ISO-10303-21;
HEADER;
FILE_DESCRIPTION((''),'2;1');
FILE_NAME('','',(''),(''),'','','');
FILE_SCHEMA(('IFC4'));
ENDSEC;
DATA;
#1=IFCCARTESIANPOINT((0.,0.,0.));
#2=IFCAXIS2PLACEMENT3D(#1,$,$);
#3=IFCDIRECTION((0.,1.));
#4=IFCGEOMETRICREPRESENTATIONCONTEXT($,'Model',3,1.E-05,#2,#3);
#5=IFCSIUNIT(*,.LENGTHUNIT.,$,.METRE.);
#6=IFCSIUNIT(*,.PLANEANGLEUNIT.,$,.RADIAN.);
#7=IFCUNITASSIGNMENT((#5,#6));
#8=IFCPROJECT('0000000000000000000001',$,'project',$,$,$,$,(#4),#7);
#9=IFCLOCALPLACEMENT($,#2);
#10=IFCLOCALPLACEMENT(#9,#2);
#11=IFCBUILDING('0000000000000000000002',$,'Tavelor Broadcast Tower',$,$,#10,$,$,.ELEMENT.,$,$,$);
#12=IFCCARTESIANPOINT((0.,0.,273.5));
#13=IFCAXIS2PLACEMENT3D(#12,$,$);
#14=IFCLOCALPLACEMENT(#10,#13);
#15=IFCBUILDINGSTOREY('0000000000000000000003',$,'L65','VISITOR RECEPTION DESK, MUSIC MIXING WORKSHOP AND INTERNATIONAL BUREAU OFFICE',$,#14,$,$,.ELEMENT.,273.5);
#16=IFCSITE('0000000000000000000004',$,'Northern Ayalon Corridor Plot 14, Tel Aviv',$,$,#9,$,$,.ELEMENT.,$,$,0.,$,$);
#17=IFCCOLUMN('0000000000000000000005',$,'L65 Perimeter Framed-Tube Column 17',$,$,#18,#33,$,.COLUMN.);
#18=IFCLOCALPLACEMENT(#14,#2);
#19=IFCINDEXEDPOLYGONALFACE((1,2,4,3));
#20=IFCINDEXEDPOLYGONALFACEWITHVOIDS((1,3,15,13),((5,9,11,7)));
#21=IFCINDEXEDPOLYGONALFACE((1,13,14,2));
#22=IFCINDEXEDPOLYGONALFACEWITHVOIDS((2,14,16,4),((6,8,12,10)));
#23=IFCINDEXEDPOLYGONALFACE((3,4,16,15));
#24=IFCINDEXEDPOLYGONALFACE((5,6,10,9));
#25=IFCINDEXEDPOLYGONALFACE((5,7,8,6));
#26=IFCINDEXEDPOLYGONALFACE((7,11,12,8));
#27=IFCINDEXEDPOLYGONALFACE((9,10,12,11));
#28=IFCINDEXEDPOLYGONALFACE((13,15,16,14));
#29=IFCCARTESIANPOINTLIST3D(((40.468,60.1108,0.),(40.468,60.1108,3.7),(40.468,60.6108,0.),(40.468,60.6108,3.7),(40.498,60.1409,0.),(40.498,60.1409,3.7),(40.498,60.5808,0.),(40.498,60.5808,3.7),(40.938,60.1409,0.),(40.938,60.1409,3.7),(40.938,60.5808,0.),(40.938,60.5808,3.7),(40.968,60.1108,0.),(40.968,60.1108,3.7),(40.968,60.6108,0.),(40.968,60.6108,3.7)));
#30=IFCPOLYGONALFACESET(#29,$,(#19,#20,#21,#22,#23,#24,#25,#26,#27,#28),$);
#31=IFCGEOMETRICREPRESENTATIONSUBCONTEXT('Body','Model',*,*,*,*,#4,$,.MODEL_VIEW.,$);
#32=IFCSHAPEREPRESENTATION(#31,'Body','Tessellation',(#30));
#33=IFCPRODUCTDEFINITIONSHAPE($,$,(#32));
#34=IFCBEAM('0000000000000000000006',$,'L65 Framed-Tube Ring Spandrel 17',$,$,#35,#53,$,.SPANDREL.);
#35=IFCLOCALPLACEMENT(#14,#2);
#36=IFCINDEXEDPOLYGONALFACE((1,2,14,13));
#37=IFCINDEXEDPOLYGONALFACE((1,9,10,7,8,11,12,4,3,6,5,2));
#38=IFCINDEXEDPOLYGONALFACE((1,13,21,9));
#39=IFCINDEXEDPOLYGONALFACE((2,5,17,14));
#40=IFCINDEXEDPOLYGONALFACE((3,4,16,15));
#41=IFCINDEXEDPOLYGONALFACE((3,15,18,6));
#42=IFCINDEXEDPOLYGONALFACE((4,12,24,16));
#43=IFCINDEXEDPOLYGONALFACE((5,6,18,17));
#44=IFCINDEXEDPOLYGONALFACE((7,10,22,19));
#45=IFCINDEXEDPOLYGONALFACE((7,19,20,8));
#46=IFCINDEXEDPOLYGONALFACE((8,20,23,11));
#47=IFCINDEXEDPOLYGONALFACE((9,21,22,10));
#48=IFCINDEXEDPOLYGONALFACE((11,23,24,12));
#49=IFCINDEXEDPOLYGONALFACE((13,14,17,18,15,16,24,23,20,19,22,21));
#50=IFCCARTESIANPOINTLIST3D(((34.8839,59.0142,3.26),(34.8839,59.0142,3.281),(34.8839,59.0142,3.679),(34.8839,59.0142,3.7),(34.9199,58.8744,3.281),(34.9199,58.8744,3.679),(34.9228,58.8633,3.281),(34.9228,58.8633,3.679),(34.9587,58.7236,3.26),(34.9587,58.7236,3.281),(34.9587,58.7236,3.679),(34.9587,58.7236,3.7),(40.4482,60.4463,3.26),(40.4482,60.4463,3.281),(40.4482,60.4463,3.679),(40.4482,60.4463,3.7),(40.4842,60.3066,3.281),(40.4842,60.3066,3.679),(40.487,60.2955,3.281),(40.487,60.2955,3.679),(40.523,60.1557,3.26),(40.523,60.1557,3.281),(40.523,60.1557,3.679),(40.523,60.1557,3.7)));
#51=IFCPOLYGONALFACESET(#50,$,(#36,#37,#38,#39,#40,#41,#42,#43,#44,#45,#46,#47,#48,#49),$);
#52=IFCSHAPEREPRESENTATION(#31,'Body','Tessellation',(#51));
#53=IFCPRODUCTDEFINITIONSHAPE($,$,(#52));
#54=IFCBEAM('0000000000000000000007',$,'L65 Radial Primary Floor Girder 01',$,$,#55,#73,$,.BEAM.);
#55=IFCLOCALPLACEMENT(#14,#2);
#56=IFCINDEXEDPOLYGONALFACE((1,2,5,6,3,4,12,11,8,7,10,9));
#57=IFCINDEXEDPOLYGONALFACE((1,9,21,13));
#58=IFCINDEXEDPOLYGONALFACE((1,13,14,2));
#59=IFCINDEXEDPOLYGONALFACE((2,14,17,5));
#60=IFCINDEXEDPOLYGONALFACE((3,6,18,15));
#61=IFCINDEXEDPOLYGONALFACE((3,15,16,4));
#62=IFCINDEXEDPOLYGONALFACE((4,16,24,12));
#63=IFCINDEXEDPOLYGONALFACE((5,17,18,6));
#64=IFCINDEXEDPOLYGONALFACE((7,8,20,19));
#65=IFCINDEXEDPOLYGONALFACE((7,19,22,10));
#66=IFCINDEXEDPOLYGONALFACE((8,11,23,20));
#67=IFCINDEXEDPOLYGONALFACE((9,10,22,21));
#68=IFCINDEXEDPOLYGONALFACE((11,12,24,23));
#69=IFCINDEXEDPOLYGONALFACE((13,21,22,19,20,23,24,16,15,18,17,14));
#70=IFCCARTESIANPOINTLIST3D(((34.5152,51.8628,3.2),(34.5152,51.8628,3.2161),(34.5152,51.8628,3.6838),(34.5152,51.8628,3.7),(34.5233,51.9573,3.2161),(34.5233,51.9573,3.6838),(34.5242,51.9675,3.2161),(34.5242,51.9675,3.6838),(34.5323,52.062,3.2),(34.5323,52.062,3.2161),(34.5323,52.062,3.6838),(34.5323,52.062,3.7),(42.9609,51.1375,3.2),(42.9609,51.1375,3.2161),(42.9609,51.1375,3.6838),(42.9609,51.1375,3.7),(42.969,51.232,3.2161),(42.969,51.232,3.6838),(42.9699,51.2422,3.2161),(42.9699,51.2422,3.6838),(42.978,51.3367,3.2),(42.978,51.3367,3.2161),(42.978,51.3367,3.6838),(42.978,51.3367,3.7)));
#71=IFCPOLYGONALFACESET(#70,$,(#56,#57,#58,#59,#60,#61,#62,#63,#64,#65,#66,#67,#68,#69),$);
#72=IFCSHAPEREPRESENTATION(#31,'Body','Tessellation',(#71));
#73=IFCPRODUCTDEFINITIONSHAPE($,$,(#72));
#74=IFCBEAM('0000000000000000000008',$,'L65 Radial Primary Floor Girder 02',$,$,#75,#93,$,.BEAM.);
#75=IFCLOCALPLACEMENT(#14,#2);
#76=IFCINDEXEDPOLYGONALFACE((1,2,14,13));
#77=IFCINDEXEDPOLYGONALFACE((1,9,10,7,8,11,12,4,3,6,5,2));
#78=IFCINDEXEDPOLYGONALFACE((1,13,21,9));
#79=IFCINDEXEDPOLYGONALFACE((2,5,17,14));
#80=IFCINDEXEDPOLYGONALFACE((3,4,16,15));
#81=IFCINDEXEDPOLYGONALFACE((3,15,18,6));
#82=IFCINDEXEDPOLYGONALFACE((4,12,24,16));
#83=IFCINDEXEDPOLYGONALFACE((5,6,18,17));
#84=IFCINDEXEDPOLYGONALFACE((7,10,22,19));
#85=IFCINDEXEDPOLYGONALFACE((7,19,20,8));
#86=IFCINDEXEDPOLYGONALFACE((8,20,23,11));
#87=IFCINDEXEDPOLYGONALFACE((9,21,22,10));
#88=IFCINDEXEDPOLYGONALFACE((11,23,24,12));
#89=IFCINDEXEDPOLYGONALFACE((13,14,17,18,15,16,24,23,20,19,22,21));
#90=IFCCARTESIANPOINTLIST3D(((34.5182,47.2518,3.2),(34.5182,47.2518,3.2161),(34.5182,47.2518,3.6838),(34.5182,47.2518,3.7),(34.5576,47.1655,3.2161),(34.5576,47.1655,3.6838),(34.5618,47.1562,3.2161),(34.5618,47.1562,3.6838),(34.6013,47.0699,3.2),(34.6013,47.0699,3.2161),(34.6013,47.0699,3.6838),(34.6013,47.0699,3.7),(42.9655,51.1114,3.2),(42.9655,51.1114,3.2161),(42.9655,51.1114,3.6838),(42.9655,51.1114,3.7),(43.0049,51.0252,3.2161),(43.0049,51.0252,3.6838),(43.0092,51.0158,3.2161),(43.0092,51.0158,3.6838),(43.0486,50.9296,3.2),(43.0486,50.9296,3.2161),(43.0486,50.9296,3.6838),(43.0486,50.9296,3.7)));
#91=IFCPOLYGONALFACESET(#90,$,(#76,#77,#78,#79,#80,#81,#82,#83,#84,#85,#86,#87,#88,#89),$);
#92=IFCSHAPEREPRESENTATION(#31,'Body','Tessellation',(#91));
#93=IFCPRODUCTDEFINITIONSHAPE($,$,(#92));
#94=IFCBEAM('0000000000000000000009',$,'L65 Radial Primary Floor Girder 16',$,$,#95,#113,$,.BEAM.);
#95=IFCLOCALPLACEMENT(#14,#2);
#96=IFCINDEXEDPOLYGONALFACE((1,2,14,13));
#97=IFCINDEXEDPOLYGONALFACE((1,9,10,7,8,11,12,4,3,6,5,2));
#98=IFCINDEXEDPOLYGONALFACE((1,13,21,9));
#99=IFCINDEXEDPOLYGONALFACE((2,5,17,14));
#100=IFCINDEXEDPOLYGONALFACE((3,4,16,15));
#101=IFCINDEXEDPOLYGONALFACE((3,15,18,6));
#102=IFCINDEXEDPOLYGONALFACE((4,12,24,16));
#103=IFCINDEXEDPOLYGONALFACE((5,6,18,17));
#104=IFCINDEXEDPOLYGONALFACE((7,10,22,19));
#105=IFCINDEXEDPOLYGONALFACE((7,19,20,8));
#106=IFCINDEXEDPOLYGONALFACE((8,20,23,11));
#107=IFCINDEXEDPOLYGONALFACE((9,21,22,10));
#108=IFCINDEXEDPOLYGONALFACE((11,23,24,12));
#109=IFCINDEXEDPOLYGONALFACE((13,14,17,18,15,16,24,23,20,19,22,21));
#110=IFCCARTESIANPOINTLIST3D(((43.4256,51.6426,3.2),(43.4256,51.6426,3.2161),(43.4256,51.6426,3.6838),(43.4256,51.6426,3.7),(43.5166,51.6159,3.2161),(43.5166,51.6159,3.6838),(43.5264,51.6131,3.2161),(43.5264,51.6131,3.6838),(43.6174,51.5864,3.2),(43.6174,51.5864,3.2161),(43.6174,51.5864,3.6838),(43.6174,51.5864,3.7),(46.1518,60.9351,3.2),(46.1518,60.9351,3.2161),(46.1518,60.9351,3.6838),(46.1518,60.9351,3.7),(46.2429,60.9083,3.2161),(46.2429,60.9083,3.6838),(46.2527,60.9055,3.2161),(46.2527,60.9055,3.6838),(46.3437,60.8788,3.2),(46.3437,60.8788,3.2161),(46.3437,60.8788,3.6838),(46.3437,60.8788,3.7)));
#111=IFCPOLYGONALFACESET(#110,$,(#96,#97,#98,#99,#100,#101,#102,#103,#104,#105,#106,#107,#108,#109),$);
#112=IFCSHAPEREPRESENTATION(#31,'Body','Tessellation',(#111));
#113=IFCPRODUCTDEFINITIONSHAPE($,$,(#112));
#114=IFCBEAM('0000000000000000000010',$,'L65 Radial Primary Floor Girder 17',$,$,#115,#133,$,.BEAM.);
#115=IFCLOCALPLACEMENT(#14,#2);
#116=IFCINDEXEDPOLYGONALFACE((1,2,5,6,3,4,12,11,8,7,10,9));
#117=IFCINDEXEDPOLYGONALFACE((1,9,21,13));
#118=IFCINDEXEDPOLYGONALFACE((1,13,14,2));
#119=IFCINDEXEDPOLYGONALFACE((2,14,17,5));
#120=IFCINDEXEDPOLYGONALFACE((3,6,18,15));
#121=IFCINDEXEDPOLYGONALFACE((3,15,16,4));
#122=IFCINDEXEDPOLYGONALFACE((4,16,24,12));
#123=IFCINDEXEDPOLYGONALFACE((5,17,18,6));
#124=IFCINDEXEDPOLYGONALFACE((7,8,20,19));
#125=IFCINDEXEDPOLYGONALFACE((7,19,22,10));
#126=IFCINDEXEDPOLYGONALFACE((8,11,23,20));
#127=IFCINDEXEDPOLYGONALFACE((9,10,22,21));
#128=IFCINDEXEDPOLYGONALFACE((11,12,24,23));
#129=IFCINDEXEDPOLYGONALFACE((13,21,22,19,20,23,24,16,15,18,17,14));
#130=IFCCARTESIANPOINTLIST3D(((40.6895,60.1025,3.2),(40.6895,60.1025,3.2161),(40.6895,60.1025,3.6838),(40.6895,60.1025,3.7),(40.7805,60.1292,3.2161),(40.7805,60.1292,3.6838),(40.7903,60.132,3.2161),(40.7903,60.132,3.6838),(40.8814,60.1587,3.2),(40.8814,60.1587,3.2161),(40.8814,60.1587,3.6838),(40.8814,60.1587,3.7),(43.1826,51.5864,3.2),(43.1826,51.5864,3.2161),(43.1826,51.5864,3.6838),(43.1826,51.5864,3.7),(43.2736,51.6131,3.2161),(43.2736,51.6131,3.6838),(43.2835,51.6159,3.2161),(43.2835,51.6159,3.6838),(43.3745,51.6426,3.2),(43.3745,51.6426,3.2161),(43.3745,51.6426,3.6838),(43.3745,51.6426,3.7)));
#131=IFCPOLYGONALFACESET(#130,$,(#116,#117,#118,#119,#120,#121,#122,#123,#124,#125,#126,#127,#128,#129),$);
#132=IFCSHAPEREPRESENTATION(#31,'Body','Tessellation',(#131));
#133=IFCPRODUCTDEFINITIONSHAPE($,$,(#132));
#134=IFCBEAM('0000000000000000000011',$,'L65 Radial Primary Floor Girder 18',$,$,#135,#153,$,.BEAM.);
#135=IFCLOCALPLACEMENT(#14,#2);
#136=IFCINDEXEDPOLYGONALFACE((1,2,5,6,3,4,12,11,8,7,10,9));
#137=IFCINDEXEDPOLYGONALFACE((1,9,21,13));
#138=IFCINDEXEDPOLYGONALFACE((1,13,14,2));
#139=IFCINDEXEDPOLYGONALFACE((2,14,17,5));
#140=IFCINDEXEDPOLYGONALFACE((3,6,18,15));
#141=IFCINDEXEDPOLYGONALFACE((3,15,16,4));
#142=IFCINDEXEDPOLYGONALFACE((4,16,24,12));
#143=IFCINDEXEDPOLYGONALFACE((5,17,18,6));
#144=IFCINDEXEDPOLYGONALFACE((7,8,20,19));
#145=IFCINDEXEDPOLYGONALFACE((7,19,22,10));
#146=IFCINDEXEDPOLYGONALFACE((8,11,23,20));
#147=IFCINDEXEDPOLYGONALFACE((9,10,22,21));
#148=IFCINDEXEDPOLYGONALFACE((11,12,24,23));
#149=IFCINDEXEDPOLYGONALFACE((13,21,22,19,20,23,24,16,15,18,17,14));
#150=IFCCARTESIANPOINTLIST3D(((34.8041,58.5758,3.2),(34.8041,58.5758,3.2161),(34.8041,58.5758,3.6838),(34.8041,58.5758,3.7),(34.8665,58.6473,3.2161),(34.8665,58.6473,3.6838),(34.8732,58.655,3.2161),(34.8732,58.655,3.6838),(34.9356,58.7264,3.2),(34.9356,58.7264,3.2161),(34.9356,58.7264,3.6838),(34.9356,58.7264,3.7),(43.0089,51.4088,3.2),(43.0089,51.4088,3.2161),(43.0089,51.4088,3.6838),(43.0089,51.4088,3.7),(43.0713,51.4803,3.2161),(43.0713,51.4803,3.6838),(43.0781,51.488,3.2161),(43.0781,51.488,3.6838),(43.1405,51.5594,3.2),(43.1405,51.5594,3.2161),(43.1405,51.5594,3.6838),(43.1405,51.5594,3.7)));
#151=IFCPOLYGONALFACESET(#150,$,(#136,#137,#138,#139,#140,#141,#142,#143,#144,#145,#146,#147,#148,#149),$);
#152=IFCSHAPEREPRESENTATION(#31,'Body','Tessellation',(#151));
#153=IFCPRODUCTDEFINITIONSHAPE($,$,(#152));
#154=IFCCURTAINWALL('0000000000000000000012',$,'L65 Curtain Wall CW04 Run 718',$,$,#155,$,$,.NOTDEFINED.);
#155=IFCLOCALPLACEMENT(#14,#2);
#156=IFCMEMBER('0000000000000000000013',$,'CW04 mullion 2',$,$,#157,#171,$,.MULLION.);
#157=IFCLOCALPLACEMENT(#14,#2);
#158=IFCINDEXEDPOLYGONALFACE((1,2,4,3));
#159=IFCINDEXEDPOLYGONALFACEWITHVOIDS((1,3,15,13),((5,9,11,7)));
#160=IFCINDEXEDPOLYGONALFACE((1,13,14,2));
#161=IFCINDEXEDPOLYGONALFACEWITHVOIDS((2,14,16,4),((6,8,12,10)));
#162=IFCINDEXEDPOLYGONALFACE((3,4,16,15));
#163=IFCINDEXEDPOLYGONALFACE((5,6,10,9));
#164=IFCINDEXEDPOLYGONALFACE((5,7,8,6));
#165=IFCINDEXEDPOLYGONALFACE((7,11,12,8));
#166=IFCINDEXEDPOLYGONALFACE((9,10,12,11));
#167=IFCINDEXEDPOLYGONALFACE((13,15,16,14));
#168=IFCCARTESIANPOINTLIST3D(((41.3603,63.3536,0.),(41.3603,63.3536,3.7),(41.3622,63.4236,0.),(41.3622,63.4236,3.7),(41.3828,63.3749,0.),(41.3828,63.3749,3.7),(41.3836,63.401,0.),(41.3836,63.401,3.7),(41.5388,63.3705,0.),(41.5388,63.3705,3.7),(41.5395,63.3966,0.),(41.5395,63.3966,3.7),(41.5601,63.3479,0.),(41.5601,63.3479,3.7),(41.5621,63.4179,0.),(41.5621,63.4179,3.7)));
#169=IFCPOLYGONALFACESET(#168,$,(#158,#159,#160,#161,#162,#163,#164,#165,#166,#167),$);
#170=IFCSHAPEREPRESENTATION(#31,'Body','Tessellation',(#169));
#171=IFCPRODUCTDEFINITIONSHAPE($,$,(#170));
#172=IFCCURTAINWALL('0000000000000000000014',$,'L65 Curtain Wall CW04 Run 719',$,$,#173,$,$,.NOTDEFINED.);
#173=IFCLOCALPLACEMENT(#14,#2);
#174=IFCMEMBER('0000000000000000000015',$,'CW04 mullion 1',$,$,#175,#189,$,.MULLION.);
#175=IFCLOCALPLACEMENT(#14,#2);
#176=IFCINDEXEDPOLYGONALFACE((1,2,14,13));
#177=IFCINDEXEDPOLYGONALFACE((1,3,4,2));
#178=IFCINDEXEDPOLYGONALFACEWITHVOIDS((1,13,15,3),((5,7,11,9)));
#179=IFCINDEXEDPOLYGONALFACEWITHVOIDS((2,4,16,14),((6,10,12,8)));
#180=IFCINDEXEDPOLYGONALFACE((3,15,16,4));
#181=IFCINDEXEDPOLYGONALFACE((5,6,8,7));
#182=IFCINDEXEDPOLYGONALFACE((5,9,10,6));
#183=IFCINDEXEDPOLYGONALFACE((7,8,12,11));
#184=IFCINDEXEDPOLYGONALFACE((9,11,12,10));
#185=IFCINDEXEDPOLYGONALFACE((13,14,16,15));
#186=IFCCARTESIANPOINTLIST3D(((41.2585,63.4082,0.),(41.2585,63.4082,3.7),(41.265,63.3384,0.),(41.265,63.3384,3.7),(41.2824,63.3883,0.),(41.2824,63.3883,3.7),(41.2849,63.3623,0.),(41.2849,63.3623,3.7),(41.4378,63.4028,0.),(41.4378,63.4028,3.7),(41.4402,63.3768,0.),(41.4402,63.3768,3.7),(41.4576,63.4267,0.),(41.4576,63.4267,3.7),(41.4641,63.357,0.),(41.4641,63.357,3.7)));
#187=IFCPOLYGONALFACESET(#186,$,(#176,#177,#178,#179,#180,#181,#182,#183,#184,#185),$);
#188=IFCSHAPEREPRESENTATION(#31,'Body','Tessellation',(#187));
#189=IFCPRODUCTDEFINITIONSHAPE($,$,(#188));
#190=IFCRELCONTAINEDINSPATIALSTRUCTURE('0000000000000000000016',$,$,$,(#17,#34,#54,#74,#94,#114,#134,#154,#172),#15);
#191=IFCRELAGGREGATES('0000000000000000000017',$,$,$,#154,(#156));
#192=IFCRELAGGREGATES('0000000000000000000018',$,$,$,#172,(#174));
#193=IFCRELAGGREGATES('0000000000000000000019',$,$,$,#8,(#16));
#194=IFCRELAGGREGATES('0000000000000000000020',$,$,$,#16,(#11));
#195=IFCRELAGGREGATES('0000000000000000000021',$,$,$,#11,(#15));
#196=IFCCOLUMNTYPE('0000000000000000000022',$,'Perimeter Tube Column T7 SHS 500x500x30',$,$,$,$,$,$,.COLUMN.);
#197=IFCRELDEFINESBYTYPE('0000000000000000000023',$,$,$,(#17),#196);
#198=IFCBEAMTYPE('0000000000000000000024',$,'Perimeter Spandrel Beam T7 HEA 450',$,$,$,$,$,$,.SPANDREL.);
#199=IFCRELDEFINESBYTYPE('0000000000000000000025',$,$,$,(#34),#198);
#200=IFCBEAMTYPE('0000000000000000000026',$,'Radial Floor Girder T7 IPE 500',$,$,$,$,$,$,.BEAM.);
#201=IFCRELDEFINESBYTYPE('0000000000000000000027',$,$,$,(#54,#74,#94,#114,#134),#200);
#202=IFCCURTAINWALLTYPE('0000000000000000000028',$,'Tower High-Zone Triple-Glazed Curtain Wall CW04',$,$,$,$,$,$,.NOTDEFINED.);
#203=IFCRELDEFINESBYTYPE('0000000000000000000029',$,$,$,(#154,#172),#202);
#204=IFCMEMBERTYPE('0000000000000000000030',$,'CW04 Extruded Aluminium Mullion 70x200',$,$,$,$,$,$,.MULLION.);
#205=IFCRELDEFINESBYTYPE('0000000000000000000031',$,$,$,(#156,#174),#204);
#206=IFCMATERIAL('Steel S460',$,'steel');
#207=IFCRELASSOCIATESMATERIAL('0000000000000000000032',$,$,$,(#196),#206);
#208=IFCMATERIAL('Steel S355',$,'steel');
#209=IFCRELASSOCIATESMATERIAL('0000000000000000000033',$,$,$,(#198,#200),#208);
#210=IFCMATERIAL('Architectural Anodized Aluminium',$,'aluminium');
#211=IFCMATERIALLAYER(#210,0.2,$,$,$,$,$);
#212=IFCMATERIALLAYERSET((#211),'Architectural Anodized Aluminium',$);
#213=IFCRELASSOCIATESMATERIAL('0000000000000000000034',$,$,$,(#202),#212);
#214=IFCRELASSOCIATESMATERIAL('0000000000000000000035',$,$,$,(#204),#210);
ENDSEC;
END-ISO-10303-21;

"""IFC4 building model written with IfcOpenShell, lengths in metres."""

from ifc_helpers import new_model, si_unit, direction, frame, origin, origin_2d, place, context, subcontext, project, spatial, hollow_rectangle, i_section, extrude, source, transform, mapped, material, layer, layer_set, material_profile, profile_set, type_object, type_shapes, element, aggregate, save


model = new_model("IFC4")

# Units and contexts
model_context = context("Model", 3, precision=1e-05, world=origin(), true_north=direction((0.0, 1.0)))
body_context = subcontext(model_context, "Body", "Model", "MODEL_VIEW")
ifc_project = project(units=[si_unit("LENGTHUNIT", "METRE"), si_unit("PLANEANGLEUNIT", "RADIAN")], contexts=[model_context])

# Site, building, storey
site_placement = place(None, origin())
site = spatial("IfcSite", under=ifc_project, at=site_placement, Name="Northern Ayalon Corridor Plot 14, Tel Aviv", CompositionType="ELEMENT", RefElevation=0.0)
building_placement = place(site_placement, origin())
building = spatial("IfcBuilding", under=site, at=building_placement, Name="Tavelor Broadcast Tower", CompositionType="ELEMENT")
storey_placement = place(building_placement, frame((0.0, 0.0, 273.5)))
storey = spatial("IfcBuildingStorey", under=building, at=storey_placement, Name="L65", Description="VISITOR RECEPTION DESK, MUSIC MIXING WORKSHOP AND INTERNATIONAL BUREAU OFFICE", CompositionType="ELEMENT", Elevation=273.5)

# Column
ifc_material_1 = material(Name="Steel S460", Category="steel")
ifc_material_profile_1 = material_profile(ifc_material_1, hollow_rectangle(XDim=0.5, YDim=0.5, WallThickness=0.03, at=origin_2d()), Name="SHS 500x500x30")
ifc_profile_set_1 = profile_set([ifc_material_profile_1], Name="Steel S460")
column_type = type_object("IfcColumnType", Name="Perimeter Tube Column T7 SHS 500x500x30", PredefinedType="COLUMN", material=ifc_profile_set_1)
column_placement = place(storey_placement, frame((40.718, 60.3608, 0.0), z_axis=(0.0, 0.0, 1.0), x_axis=(1.0, 0.0, 0.0)))
element("IfcColumn", 1, at=column_placement, inside=storey, type_object=column_type, Name="L65 Perimeter Framed-Tube Column 17", PredefinedType="COLUMN", context=body_context, shape_type="SweptSolid", body=[
    extrude(hollow_rectangle(XDim=0.5, YDim=0.5, WallThickness=0.03, at=origin_2d()), origin(), (0.0, 0.0, 1.0), 3.7),
])

# Beams
ifc_material_2 = material(Name="Steel S355", Category="steel")
ifc_material_profile_2 = material_profile(ifc_material_2, i_section(OverallWidth=0.3, OverallDepth=0.4399, WebThickness=0.0115, FlangeThickness=0.021, at=origin_2d()), Name="HEA 450")
ifc_profile_set_2 = profile_set([ifc_material_profile_2], Name="Steel S355")
beam_type_1 = type_object("IfcBeamType", Name="Perimeter Spandrel Beam T7 HEA 450", PredefinedType="SPANDREL", material=ifc_profile_set_2)
beam_1_placement = place(storey_placement, frame((40.4856, 60.301, 3.48), z_axis=(-0.968437, -0.249259, 0.0), x_axis=(0.249259, -0.968437, 0.0)))
element("IfcBeam", 2, at=beam_1_placement, inside=storey, type_object=beam_type_1, Name="L65 Framed-Tube Ring Spandrel 17", PredefinedType="SPANDREL", context=body_context, shape_type="SweptSolid", body=[
    extrude(i_section(OverallWidth=0.3, OverallDepth=0.4399, WebThickness=0.0115, FlangeThickness=0.021, at=origin_2d()), origin(), (0.0, 0.0, 1.0), 5.7456),
])
ifc_material_profile_3 = material_profile(ifc_material_2, i_section(OverallWidth=0.2, OverallDepth=0.5, WebThickness=0.0103, FlangeThickness=0.0161, at=origin_2d()), Name="IPE 500")
ifc_profile_set_3 = profile_set([ifc_material_profile_3], Name="Steel S355")
beam_type_2 = type_object("IfcBeamType", Name="Radial Floor Girder T7 IPE 500", PredefinedType="BEAM", material=ifc_profile_set_3)
beam_2_placement = place(storey_placement, frame((42.9695, 51.2371, 3.45), z_axis=(-0.996332, 0.085567, 0.0), x_axis=(-0.085567, -0.996332, 0.0)))
element("IfcBeam", 3, at=beam_2_placement, inside=storey, type_object=beam_type_2, Name="L65 Radial Primary Floor Girder 01", PredefinedType="BEAM", context=body_context, shape_type="SweptSolid", body=[
    extrude(i_section(OverallWidth=0.2, OverallDepth=0.5, WebThickness=0.0103, FlangeThickness=0.0161, at=origin_2d()), origin(), (0.0, 0.0, 1.0), 8.4768),
])
beam_3_placement = place(storey_placement, frame((43.0071, 51.0205, 3.45), z_axis=(-0.909555, -0.415583, 0.0), x_axis=(0.415583, -0.909555, 0.0)))
element("IfcBeam", 4, at=beam_3_placement, inside=storey, type_object=beam_type_2, Name="L65 Radial Primary Floor Girder 02", PredefinedType="BEAM", context=body_context, shape_type="SweptSolid", body=[
    extrude(i_section(OverallWidth=0.2, OverallDepth=0.5, WebThickness=0.0103, FlangeThickness=0.0161, at=origin_2d()), origin(), (0.0, 0.0, 1.0), 9.2874),
])
beam_4_placement = place(storey_placement, frame((43.5215, 51.6145, 3.45), z_axis=(0.281523, 0.959554, 0.0), x_axis=(-0.959554, 0.281523, 0.0)))
element("IfcBeam", 5, at=beam_4_placement, inside=storey, type_object=beam_type_2, Name="L65 Radial Primary Floor Girder 16", PredefinedType="BEAM", context=body_context, shape_type="SweptSolid", body=[
    extrude(i_section(OverallWidth=0.2, OverallDepth=0.5, WebThickness=0.0103, FlangeThickness=0.0161, at=origin_2d()), origin(), (0.0, 0.0, 1.0), 9.6841),
])
beam_5_placement = place(storey_placement, frame((43.2786, 51.6145, 3.45), z_axis=(-0.280966, 0.959718, 0.0), x_axis=(-0.959718, -0.280966, 0.0)))
element("IfcBeam", 6, at=beam_5_placement, inside=storey, type_object=beam_type_2, Name="L65 Radial Primary Floor Girder 17", PredefinedType="BEAM", context=body_context, shape_type="SweptSolid", body=[
    extrude(i_section(OverallWidth=0.2, OverallDepth=0.5, WebThickness=0.0103, FlangeThickness=0.0161, at=origin_2d()), origin(), (0.0, 0.0, 1.0), 8.8735),
])
beam_6_placement = place(storey_placement, frame((43.0747, 51.4841, 3.45), z_axis=(-0.753133, 0.657868, 0.0), x_axis=(-0.657868, -0.753133, 0.0)))
element("IfcBeam", 7, at=beam_6_placement, inside=storey, type_object=beam_type_2, Name="L65 Radial Primary Floor Girder 18", PredefinedType="BEAM", context=body_context, shape_type="SweptSolid", body=[
    extrude(i_section(OverallWidth=0.2, OverallDepth=0.5, WebThickness=0.0103, FlangeThickness=0.0161, at=origin_2d()), origin(), (0.0, 0.0, 1.0), 10.8943),
])

# Curtain wall, member
ifc_material_3 = material(Name="Architectural Anodized Aluminium", Category="aluminium")
ifc_layer_1 = layer(ifc_material_3, 0.2)
ifc_layer_set_1 = layer_set([ifc_layer_1], Name="Architectural Anodized Aluminium")
curtain_wall_type = type_object("IfcCurtainWallType", Name="Tower High-Zone Triple-Glazed Curtain Wall CW04", PredefinedType="NOTDEFINED", material=ifc_layer_set_1)
curtain_wall_1_placement = place(storey_placement, origin())
curtain_wall_1 = element("IfcCurtainWall", 8, at=curtain_wall_1_placement, inside=storey, type_object=curtain_wall_type, Name="L65 Curtain Wall CW04 Run 718", PredefinedType="NOTDEFINED")
ifc_material_profile_4 = material_profile(ifc_material_3, hollow_rectangle(XDim=0.0701, YDim=0.2, WallThickness=0.022, at=origin_2d()), Name="RHS 70x200x22")
ifc_profile_set_4 = profile_set([ifc_material_profile_4], Name="Architectural Anodized Aluminium")
member_type_1 = type_object("IfcMemberType", Name="CW04 Extruded Aluminium Mullion 70x200", PredefinedType="MULLION", material=ifc_profile_set_4)
shared_shape_1 = source(origin(), body_context, "Body", "SweptSolid", [
    extrude(hollow_rectangle(XDim=0.0701, YDim=0.2, WallThickness=0.022, at=origin_2d()), origin(), (0.0, 0.0, 1.0), 3.7),
])
type_shapes(member_type_1, [shared_shape_1])
member_1_placement = place(storey_placement, frame((41.4612, 63.3857, 0.0), z_axis=(0.0, 0.0, 1.0), x_axis=(-0.028349, -0.999598, 0.0)))
member_1 = element("IfcMember", 9, at=member_1_placement, type_object=member_type_1, Name="CW04 mullion 2", PredefinedType="MULLION", context=body_context, shape_type="MappedRepresentation", body=[
    mapped(shared_shape_1, transform((0.0, 0.0, 0.0), scale=1.0)),
])
aggregate(curtain_wall_1, [member_1])

# Curtain wall, member
curtain_wall_2_placement = place(storey_placement, origin())
curtain_wall_2 = element("IfcCurtainWall", 10, at=curtain_wall_2_placement, inside=storey, type_object=curtain_wall_type, Name="L65 Curtain Wall CW04 Run 719", PredefinedType="NOTDEFINED")
member_2_placement = place(storey_placement, frame((41.3613, 63.3826, 0.0), z_axis=(0.0, 0.0, 1.0), x_axis=(0.092804, -0.995684, 0.0)))
member_2 = element("IfcMember", 11, at=member_2_placement, type_object=member_type_1, Name="CW04 mullion 1", PredefinedType="MULLION", context=body_context, shape_type="MappedRepresentation", body=[
    mapped(shared_shape_1, transform((0.0, 0.0, 0.0), scale=1.0)),
])

aggregate(curtain_wall_2, [member_2])

save(model, "model.ifc")
